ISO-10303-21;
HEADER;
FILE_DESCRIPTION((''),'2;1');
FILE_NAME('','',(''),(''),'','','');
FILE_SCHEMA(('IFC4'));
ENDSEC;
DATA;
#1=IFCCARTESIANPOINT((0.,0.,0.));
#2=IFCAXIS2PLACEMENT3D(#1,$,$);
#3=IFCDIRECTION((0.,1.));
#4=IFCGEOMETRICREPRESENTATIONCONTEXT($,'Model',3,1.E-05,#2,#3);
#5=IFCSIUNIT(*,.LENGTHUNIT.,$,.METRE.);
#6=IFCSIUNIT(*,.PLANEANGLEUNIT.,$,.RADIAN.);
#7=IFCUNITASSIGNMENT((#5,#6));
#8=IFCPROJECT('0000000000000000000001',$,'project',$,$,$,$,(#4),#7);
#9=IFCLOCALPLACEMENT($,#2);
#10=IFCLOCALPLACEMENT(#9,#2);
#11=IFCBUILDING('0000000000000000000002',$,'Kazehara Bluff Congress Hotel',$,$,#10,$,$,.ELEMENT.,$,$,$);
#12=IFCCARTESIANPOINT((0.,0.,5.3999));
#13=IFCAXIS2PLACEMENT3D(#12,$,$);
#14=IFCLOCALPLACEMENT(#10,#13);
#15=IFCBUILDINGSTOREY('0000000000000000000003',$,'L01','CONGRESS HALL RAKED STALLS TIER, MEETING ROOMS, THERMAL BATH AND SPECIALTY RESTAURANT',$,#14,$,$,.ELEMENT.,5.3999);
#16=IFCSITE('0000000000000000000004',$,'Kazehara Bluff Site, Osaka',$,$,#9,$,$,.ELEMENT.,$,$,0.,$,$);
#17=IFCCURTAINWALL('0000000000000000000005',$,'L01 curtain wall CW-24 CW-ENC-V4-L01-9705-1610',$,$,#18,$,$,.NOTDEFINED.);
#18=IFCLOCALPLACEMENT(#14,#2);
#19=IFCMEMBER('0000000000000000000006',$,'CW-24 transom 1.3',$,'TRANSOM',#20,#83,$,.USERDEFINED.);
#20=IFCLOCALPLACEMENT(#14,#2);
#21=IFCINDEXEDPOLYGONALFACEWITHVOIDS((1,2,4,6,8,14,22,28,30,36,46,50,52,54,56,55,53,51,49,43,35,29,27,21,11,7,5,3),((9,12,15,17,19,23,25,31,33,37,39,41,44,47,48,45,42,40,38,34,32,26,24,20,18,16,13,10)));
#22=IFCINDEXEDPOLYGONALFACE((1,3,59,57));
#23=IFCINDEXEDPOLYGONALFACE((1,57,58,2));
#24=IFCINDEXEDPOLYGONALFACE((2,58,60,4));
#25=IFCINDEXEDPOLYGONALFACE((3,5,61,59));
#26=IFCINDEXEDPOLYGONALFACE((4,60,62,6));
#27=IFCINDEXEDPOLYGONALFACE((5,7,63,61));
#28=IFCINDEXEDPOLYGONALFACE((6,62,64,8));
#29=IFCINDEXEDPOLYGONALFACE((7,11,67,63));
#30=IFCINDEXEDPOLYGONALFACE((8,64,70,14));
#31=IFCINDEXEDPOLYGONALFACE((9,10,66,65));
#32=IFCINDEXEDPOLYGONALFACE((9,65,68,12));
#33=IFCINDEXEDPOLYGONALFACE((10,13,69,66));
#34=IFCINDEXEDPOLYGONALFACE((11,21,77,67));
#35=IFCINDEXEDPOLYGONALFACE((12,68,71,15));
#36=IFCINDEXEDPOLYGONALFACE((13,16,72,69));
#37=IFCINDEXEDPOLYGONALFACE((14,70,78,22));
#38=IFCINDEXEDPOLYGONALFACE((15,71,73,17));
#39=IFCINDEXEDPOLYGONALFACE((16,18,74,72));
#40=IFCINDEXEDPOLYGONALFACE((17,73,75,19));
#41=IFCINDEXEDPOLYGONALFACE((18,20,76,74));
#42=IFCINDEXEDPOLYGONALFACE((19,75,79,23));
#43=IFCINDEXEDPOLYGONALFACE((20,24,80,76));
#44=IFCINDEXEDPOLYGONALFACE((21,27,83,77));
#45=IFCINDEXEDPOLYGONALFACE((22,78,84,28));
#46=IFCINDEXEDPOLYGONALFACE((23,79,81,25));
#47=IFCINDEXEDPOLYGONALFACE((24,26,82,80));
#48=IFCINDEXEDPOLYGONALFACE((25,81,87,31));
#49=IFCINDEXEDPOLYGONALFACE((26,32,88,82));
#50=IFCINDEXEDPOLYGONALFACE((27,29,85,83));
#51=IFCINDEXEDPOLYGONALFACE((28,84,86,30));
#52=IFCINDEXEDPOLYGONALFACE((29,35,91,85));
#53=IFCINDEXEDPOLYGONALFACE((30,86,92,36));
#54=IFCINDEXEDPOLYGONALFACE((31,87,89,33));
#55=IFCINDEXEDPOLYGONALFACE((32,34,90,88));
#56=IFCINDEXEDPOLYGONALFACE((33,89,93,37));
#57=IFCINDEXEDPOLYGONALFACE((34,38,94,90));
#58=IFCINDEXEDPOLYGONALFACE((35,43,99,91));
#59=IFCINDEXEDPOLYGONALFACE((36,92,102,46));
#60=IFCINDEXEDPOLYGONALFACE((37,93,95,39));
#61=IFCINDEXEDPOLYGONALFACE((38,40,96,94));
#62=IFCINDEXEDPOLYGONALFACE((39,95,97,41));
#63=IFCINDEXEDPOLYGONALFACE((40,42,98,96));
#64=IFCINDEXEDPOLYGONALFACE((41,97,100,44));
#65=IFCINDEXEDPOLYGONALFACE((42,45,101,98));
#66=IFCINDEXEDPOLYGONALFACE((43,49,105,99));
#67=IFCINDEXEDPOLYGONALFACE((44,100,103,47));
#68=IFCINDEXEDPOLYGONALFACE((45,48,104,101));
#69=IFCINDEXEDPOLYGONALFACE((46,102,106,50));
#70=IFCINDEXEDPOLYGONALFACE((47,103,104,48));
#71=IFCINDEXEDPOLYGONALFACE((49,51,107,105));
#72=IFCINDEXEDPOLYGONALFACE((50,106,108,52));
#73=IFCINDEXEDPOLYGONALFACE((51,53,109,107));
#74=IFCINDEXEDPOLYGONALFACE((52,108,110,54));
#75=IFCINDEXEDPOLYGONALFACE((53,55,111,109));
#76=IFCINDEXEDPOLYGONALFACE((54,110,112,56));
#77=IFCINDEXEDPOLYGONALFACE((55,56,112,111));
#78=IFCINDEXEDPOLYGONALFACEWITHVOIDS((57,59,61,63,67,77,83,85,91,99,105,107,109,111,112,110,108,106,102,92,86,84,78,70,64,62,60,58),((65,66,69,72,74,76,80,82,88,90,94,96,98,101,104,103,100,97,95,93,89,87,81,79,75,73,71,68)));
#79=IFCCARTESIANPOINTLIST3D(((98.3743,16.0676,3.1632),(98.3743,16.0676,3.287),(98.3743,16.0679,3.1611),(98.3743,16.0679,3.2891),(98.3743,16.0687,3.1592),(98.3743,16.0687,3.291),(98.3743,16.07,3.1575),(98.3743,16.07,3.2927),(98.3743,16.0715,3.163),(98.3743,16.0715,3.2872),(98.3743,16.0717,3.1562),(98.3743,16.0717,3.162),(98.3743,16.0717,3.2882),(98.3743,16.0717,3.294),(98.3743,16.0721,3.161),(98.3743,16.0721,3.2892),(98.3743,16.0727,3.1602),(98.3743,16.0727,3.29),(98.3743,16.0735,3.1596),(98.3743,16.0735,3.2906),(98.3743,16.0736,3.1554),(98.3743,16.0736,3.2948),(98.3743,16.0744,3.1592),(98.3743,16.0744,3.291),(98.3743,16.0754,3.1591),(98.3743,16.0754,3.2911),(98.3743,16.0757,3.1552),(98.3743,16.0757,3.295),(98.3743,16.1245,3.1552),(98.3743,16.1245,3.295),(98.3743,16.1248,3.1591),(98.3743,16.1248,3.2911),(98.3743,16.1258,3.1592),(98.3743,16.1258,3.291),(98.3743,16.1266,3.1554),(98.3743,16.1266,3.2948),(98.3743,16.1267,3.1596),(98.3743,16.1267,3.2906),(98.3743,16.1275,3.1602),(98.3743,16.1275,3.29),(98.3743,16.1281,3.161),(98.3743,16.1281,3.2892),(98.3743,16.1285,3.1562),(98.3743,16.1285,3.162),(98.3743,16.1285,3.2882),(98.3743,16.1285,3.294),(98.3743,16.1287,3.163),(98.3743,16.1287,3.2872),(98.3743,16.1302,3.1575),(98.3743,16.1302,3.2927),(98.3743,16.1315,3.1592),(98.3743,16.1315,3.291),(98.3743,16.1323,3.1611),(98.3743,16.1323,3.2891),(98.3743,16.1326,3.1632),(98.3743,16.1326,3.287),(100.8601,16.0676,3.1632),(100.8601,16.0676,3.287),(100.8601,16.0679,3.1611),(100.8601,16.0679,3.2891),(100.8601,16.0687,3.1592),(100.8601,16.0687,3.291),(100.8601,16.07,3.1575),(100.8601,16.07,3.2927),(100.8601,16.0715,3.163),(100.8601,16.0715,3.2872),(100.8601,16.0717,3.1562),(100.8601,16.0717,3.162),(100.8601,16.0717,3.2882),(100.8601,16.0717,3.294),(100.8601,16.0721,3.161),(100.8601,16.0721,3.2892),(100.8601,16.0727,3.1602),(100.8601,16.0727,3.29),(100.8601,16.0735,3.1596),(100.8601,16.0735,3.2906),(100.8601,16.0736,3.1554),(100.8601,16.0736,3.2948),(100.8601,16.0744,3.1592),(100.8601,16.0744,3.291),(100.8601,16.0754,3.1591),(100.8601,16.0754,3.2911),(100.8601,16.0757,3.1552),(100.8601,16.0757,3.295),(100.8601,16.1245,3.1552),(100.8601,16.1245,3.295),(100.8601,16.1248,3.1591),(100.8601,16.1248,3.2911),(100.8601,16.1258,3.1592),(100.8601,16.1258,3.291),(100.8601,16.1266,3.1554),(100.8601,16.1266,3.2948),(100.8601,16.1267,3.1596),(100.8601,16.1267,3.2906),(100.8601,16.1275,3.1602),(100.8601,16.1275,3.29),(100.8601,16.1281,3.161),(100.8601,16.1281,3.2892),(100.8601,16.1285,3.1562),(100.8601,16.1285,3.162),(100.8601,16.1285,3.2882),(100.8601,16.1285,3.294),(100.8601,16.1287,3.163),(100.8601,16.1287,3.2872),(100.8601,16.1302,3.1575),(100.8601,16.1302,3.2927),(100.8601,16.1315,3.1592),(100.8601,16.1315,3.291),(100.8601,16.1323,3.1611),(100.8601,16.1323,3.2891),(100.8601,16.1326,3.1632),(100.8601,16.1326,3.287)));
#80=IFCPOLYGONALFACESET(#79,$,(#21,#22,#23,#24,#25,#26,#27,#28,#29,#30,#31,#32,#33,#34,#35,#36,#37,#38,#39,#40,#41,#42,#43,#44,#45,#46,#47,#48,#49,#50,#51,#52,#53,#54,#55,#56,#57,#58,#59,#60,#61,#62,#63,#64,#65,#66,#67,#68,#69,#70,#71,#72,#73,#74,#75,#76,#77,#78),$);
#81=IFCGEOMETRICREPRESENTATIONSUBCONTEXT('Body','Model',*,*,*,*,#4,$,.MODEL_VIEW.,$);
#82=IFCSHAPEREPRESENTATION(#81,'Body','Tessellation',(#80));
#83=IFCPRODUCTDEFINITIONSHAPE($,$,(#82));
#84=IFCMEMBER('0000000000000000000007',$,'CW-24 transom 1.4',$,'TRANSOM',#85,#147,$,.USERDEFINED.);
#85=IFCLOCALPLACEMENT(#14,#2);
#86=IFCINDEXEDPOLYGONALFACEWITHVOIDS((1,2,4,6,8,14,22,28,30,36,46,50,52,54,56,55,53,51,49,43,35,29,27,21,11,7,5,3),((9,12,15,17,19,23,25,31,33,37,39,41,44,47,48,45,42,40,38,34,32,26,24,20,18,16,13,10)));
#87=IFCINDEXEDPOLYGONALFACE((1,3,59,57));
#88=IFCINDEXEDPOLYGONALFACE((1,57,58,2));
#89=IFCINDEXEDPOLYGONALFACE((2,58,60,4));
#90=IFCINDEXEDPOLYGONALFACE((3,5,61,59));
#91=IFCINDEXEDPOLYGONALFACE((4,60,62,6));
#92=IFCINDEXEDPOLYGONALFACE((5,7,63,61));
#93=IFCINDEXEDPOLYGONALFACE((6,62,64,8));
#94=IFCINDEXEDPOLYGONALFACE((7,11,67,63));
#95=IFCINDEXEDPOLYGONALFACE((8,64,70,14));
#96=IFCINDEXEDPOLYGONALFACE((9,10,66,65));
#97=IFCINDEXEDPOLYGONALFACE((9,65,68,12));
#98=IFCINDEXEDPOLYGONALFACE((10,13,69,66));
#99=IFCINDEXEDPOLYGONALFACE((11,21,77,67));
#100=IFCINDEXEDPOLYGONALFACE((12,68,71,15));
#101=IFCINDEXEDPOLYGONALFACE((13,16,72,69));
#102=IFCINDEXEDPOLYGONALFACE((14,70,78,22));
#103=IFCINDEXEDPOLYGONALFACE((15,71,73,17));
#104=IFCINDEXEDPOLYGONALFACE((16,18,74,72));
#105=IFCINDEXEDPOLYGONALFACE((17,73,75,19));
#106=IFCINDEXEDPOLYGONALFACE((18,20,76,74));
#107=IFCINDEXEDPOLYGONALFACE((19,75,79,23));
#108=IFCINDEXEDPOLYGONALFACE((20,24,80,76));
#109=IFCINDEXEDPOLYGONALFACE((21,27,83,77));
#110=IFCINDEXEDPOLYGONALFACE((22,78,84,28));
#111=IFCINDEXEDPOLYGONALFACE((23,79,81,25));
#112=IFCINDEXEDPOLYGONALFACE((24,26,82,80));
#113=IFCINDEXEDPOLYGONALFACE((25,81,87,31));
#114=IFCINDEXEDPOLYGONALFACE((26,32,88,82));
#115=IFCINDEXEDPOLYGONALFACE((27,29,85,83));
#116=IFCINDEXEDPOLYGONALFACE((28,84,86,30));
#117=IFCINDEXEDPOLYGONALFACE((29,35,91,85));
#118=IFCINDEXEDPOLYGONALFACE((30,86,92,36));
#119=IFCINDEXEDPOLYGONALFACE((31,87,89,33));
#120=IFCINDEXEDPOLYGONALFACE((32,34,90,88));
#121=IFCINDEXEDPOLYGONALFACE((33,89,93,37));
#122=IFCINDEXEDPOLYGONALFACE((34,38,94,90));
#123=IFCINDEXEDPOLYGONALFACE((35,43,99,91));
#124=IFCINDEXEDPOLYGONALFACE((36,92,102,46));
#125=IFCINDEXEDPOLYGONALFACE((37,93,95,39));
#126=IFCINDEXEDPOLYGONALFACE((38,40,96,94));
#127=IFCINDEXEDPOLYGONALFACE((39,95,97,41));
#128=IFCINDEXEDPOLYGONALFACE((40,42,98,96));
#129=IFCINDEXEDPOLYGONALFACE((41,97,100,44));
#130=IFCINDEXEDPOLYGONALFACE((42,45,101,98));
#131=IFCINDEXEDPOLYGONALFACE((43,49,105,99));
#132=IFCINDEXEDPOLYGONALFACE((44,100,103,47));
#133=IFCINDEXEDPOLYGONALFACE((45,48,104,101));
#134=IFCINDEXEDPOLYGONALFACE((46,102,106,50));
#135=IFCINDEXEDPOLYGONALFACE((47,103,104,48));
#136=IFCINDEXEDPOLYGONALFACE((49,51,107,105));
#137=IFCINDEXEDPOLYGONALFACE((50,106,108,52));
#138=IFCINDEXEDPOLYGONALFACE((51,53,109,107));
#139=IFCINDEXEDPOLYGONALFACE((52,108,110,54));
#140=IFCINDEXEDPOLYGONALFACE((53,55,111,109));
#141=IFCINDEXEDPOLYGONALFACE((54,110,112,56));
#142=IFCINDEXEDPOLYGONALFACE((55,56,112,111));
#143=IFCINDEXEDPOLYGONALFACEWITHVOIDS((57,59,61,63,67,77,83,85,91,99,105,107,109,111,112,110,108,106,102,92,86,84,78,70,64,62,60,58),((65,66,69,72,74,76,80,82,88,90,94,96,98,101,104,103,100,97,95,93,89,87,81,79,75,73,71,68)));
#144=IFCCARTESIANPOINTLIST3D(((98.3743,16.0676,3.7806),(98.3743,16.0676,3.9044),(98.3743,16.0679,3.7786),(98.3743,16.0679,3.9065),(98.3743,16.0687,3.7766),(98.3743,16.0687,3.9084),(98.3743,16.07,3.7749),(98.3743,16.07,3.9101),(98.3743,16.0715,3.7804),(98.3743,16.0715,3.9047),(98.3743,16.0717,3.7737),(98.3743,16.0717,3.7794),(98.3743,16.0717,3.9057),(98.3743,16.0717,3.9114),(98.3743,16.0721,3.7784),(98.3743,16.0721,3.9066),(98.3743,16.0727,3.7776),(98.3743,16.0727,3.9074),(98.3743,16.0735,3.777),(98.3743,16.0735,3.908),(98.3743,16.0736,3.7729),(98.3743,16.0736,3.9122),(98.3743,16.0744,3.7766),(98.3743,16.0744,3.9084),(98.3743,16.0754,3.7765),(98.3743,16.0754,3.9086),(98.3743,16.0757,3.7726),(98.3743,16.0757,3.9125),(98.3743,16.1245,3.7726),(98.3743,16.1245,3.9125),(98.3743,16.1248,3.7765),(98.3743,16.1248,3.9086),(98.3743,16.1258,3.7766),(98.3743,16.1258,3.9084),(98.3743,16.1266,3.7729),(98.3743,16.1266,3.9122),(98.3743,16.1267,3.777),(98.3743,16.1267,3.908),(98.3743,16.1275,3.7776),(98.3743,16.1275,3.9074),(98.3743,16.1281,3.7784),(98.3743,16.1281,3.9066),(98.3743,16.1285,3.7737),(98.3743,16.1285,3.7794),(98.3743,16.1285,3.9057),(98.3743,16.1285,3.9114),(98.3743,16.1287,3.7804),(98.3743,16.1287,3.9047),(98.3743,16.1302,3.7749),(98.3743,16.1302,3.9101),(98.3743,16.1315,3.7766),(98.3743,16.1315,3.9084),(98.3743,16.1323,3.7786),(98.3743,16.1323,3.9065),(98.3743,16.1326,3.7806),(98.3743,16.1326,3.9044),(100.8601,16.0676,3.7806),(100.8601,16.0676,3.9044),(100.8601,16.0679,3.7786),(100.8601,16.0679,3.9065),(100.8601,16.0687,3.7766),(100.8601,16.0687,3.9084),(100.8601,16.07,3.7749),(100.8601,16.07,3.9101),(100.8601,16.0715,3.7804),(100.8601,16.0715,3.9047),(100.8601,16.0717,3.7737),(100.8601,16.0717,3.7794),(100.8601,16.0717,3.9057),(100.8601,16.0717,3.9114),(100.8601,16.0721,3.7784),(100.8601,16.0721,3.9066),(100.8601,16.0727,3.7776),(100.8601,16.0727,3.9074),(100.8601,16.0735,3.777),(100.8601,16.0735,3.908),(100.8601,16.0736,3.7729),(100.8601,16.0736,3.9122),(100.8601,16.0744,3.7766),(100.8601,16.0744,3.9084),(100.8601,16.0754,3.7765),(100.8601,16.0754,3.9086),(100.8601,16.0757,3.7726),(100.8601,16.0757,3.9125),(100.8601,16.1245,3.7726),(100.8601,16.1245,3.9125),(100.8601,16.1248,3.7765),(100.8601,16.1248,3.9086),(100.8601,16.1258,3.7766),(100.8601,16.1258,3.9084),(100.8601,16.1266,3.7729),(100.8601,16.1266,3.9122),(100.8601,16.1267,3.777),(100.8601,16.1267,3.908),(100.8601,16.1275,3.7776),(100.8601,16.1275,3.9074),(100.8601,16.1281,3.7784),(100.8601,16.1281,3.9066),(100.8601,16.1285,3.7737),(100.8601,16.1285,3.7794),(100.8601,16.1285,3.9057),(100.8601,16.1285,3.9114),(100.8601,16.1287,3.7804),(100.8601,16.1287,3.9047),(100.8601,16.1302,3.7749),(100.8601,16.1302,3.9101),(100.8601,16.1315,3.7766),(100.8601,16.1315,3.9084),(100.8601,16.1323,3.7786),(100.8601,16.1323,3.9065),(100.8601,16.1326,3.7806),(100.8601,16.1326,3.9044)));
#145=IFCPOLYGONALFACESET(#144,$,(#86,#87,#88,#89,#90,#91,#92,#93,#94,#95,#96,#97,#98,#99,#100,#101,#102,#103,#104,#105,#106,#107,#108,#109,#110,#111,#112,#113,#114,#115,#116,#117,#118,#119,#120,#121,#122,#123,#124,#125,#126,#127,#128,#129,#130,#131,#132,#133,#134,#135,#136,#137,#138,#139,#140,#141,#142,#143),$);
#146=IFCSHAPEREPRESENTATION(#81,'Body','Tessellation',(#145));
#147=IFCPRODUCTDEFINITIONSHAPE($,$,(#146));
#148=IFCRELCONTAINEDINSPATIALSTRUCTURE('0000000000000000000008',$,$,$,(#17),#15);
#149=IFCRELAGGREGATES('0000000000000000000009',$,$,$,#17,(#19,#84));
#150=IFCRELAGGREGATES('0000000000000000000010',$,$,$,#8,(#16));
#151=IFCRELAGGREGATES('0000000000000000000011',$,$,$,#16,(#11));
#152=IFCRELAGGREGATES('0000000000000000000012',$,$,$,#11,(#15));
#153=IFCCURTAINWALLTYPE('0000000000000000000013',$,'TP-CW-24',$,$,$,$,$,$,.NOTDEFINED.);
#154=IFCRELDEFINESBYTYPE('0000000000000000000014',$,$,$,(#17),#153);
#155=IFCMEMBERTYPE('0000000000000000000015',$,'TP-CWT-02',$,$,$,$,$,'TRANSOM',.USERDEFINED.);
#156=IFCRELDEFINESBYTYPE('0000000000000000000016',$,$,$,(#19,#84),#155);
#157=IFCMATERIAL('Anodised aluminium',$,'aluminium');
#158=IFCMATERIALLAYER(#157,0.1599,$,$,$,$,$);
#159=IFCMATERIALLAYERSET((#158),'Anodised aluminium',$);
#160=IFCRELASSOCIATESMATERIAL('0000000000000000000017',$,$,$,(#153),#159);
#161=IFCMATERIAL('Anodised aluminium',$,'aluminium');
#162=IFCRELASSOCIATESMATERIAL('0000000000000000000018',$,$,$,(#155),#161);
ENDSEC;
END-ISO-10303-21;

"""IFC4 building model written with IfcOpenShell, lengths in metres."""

from ifc_helpers import new_model, si_unit, direction, frame, origin, origin_2d, place, context, subcontext, project, spatial, hollow_rectangle, extrude, material, layer, layer_set, material_profile, profile_set, type_object, element, aggregate, save


model = new_model("IFC4")

# Units and contexts
model_context = context("Model", 3, precision=1e-05, world=origin(), true_north=direction((0.0, 1.0)))
body_context = subcontext(model_context, "Body", "Model", "MODEL_VIEW")
ifc_project = project(units=[si_unit("LENGTHUNIT", "METRE"), si_unit("PLANEANGLEUNIT", "RADIAN")], contexts=[model_context])

# Site, building, storey
site_placement = place(None, origin())
site = spatial("IfcSite", under=ifc_project, at=site_placement, Name="Kazehara Bluff Site, Osaka", CompositionType="ELEMENT", RefElevation=0.0)
building_placement = place(site_placement, origin())
building = spatial("IfcBuilding", under=site, at=building_placement, Name="Kazehara Bluff Congress Hotel", CompositionType="ELEMENT")
storey_placement = place(building_placement, frame((0.0, 0.0, 5.3999)))
storey = spatial("IfcBuildingStorey", under=building, at=storey_placement, Name="L01", Description="CONGRESS HALL RAKED STALLS TIER, MEETING ROOMS, THERMAL BATH AND SPECIALTY RESTAURANT", CompositionType="ELEMENT", Elevation=5.3999)

# Curtain wall
ifc_material_1 = material(Name="Anodised aluminium", Category="aluminium")
ifc_layer_1 = layer(ifc_material_1, 0.1599)
ifc_layer_set_1 = layer_set([ifc_layer_1], Name="Anodised aluminium")
curtain_wall_type_1 = type_object("IfcCurtainWallType", Name="TP-CW-24", PredefinedType="NOTDEFINED", material=ifc_layer_set_1)
curtain_wall_1_placement = place(storey_placement, origin())
curtain_wall_1 = element("IfcCurtainWall", 1, at=curtain_wall_1_placement, inside=storey, type_object=curtain_wall_type_1, Name="L01 curtain wall CW-24 CW-ENC-V4-L01-9705-1610", PredefinedType="NOTDEFINED")

# Members
ifc_material_2 = material(Name="Anodised aluminium", Category="aluminium")
ifc_material_profile_1 = material_profile(ifc_material_2, hollow_rectangle(XDim=0.0649, YDim=0.1399, WallThickness=0.0039, InnerFilletRadius=0.0039, OuterFilletRadius=0.0081, at=origin_2d()))
ifc_profile_set_1 = profile_set([ifc_material_profile_1], Name="Anodised aluminium")
member_type_1 = type_object("IfcMemberType", Name="TP-CWT-02", ElementType="TRANSOM", PredefinedType="USERDEFINED", material=ifc_profile_set_1)
member_1_placement = place(storey_placement, frame((100.8601, 16.1001, 3.2251), z_axis=(-1.0, 0.0, 0.0), x_axis=(0.0, -1.0, 0.0)))
member_1 = element("IfcMember", 2, at=member_1_placement, type_object=member_type_1, Name="CW-24 transom 1.3", ObjectType="TRANSOM", PredefinedType="USERDEFINED", context=body_context, shape_type="SweptSolid", body=[
    extrude(hollow_rectangle(XDim=0.0649, YDim=0.1399, WallThickness=0.0039, InnerFilletRadius=0.0039, OuterFilletRadius=0.0081, at=origin_2d()), origin(), (0.0, 0.0, 1.0), 2.4858),
])
member_2_placement = place(storey_placement, frame((100.8601, 16.1001, 3.8425), z_axis=(-1.0, 0.0, 0.0), x_axis=(0.0, -1.0, 0.0)))
member_2 = element("IfcMember", 3, at=member_2_placement, type_object=member_type_1, Name="CW-24 transom 1.4", ObjectType="TRANSOM", PredefinedType="USERDEFINED", context=body_context, shape_type="SweptSolid", body=[
    extrude(hollow_rectangle(XDim=0.0649, YDim=0.1399, WallThickness=0.0039, InnerFilletRadius=0.0039, OuterFilletRadius=0.0081, at=origin_2d()), origin(), (0.0, 0.0, 1.0), 2.4858),
])

aggregate(curtain_wall_1, [member_1, member_2])

save(model, "model.ifc")
